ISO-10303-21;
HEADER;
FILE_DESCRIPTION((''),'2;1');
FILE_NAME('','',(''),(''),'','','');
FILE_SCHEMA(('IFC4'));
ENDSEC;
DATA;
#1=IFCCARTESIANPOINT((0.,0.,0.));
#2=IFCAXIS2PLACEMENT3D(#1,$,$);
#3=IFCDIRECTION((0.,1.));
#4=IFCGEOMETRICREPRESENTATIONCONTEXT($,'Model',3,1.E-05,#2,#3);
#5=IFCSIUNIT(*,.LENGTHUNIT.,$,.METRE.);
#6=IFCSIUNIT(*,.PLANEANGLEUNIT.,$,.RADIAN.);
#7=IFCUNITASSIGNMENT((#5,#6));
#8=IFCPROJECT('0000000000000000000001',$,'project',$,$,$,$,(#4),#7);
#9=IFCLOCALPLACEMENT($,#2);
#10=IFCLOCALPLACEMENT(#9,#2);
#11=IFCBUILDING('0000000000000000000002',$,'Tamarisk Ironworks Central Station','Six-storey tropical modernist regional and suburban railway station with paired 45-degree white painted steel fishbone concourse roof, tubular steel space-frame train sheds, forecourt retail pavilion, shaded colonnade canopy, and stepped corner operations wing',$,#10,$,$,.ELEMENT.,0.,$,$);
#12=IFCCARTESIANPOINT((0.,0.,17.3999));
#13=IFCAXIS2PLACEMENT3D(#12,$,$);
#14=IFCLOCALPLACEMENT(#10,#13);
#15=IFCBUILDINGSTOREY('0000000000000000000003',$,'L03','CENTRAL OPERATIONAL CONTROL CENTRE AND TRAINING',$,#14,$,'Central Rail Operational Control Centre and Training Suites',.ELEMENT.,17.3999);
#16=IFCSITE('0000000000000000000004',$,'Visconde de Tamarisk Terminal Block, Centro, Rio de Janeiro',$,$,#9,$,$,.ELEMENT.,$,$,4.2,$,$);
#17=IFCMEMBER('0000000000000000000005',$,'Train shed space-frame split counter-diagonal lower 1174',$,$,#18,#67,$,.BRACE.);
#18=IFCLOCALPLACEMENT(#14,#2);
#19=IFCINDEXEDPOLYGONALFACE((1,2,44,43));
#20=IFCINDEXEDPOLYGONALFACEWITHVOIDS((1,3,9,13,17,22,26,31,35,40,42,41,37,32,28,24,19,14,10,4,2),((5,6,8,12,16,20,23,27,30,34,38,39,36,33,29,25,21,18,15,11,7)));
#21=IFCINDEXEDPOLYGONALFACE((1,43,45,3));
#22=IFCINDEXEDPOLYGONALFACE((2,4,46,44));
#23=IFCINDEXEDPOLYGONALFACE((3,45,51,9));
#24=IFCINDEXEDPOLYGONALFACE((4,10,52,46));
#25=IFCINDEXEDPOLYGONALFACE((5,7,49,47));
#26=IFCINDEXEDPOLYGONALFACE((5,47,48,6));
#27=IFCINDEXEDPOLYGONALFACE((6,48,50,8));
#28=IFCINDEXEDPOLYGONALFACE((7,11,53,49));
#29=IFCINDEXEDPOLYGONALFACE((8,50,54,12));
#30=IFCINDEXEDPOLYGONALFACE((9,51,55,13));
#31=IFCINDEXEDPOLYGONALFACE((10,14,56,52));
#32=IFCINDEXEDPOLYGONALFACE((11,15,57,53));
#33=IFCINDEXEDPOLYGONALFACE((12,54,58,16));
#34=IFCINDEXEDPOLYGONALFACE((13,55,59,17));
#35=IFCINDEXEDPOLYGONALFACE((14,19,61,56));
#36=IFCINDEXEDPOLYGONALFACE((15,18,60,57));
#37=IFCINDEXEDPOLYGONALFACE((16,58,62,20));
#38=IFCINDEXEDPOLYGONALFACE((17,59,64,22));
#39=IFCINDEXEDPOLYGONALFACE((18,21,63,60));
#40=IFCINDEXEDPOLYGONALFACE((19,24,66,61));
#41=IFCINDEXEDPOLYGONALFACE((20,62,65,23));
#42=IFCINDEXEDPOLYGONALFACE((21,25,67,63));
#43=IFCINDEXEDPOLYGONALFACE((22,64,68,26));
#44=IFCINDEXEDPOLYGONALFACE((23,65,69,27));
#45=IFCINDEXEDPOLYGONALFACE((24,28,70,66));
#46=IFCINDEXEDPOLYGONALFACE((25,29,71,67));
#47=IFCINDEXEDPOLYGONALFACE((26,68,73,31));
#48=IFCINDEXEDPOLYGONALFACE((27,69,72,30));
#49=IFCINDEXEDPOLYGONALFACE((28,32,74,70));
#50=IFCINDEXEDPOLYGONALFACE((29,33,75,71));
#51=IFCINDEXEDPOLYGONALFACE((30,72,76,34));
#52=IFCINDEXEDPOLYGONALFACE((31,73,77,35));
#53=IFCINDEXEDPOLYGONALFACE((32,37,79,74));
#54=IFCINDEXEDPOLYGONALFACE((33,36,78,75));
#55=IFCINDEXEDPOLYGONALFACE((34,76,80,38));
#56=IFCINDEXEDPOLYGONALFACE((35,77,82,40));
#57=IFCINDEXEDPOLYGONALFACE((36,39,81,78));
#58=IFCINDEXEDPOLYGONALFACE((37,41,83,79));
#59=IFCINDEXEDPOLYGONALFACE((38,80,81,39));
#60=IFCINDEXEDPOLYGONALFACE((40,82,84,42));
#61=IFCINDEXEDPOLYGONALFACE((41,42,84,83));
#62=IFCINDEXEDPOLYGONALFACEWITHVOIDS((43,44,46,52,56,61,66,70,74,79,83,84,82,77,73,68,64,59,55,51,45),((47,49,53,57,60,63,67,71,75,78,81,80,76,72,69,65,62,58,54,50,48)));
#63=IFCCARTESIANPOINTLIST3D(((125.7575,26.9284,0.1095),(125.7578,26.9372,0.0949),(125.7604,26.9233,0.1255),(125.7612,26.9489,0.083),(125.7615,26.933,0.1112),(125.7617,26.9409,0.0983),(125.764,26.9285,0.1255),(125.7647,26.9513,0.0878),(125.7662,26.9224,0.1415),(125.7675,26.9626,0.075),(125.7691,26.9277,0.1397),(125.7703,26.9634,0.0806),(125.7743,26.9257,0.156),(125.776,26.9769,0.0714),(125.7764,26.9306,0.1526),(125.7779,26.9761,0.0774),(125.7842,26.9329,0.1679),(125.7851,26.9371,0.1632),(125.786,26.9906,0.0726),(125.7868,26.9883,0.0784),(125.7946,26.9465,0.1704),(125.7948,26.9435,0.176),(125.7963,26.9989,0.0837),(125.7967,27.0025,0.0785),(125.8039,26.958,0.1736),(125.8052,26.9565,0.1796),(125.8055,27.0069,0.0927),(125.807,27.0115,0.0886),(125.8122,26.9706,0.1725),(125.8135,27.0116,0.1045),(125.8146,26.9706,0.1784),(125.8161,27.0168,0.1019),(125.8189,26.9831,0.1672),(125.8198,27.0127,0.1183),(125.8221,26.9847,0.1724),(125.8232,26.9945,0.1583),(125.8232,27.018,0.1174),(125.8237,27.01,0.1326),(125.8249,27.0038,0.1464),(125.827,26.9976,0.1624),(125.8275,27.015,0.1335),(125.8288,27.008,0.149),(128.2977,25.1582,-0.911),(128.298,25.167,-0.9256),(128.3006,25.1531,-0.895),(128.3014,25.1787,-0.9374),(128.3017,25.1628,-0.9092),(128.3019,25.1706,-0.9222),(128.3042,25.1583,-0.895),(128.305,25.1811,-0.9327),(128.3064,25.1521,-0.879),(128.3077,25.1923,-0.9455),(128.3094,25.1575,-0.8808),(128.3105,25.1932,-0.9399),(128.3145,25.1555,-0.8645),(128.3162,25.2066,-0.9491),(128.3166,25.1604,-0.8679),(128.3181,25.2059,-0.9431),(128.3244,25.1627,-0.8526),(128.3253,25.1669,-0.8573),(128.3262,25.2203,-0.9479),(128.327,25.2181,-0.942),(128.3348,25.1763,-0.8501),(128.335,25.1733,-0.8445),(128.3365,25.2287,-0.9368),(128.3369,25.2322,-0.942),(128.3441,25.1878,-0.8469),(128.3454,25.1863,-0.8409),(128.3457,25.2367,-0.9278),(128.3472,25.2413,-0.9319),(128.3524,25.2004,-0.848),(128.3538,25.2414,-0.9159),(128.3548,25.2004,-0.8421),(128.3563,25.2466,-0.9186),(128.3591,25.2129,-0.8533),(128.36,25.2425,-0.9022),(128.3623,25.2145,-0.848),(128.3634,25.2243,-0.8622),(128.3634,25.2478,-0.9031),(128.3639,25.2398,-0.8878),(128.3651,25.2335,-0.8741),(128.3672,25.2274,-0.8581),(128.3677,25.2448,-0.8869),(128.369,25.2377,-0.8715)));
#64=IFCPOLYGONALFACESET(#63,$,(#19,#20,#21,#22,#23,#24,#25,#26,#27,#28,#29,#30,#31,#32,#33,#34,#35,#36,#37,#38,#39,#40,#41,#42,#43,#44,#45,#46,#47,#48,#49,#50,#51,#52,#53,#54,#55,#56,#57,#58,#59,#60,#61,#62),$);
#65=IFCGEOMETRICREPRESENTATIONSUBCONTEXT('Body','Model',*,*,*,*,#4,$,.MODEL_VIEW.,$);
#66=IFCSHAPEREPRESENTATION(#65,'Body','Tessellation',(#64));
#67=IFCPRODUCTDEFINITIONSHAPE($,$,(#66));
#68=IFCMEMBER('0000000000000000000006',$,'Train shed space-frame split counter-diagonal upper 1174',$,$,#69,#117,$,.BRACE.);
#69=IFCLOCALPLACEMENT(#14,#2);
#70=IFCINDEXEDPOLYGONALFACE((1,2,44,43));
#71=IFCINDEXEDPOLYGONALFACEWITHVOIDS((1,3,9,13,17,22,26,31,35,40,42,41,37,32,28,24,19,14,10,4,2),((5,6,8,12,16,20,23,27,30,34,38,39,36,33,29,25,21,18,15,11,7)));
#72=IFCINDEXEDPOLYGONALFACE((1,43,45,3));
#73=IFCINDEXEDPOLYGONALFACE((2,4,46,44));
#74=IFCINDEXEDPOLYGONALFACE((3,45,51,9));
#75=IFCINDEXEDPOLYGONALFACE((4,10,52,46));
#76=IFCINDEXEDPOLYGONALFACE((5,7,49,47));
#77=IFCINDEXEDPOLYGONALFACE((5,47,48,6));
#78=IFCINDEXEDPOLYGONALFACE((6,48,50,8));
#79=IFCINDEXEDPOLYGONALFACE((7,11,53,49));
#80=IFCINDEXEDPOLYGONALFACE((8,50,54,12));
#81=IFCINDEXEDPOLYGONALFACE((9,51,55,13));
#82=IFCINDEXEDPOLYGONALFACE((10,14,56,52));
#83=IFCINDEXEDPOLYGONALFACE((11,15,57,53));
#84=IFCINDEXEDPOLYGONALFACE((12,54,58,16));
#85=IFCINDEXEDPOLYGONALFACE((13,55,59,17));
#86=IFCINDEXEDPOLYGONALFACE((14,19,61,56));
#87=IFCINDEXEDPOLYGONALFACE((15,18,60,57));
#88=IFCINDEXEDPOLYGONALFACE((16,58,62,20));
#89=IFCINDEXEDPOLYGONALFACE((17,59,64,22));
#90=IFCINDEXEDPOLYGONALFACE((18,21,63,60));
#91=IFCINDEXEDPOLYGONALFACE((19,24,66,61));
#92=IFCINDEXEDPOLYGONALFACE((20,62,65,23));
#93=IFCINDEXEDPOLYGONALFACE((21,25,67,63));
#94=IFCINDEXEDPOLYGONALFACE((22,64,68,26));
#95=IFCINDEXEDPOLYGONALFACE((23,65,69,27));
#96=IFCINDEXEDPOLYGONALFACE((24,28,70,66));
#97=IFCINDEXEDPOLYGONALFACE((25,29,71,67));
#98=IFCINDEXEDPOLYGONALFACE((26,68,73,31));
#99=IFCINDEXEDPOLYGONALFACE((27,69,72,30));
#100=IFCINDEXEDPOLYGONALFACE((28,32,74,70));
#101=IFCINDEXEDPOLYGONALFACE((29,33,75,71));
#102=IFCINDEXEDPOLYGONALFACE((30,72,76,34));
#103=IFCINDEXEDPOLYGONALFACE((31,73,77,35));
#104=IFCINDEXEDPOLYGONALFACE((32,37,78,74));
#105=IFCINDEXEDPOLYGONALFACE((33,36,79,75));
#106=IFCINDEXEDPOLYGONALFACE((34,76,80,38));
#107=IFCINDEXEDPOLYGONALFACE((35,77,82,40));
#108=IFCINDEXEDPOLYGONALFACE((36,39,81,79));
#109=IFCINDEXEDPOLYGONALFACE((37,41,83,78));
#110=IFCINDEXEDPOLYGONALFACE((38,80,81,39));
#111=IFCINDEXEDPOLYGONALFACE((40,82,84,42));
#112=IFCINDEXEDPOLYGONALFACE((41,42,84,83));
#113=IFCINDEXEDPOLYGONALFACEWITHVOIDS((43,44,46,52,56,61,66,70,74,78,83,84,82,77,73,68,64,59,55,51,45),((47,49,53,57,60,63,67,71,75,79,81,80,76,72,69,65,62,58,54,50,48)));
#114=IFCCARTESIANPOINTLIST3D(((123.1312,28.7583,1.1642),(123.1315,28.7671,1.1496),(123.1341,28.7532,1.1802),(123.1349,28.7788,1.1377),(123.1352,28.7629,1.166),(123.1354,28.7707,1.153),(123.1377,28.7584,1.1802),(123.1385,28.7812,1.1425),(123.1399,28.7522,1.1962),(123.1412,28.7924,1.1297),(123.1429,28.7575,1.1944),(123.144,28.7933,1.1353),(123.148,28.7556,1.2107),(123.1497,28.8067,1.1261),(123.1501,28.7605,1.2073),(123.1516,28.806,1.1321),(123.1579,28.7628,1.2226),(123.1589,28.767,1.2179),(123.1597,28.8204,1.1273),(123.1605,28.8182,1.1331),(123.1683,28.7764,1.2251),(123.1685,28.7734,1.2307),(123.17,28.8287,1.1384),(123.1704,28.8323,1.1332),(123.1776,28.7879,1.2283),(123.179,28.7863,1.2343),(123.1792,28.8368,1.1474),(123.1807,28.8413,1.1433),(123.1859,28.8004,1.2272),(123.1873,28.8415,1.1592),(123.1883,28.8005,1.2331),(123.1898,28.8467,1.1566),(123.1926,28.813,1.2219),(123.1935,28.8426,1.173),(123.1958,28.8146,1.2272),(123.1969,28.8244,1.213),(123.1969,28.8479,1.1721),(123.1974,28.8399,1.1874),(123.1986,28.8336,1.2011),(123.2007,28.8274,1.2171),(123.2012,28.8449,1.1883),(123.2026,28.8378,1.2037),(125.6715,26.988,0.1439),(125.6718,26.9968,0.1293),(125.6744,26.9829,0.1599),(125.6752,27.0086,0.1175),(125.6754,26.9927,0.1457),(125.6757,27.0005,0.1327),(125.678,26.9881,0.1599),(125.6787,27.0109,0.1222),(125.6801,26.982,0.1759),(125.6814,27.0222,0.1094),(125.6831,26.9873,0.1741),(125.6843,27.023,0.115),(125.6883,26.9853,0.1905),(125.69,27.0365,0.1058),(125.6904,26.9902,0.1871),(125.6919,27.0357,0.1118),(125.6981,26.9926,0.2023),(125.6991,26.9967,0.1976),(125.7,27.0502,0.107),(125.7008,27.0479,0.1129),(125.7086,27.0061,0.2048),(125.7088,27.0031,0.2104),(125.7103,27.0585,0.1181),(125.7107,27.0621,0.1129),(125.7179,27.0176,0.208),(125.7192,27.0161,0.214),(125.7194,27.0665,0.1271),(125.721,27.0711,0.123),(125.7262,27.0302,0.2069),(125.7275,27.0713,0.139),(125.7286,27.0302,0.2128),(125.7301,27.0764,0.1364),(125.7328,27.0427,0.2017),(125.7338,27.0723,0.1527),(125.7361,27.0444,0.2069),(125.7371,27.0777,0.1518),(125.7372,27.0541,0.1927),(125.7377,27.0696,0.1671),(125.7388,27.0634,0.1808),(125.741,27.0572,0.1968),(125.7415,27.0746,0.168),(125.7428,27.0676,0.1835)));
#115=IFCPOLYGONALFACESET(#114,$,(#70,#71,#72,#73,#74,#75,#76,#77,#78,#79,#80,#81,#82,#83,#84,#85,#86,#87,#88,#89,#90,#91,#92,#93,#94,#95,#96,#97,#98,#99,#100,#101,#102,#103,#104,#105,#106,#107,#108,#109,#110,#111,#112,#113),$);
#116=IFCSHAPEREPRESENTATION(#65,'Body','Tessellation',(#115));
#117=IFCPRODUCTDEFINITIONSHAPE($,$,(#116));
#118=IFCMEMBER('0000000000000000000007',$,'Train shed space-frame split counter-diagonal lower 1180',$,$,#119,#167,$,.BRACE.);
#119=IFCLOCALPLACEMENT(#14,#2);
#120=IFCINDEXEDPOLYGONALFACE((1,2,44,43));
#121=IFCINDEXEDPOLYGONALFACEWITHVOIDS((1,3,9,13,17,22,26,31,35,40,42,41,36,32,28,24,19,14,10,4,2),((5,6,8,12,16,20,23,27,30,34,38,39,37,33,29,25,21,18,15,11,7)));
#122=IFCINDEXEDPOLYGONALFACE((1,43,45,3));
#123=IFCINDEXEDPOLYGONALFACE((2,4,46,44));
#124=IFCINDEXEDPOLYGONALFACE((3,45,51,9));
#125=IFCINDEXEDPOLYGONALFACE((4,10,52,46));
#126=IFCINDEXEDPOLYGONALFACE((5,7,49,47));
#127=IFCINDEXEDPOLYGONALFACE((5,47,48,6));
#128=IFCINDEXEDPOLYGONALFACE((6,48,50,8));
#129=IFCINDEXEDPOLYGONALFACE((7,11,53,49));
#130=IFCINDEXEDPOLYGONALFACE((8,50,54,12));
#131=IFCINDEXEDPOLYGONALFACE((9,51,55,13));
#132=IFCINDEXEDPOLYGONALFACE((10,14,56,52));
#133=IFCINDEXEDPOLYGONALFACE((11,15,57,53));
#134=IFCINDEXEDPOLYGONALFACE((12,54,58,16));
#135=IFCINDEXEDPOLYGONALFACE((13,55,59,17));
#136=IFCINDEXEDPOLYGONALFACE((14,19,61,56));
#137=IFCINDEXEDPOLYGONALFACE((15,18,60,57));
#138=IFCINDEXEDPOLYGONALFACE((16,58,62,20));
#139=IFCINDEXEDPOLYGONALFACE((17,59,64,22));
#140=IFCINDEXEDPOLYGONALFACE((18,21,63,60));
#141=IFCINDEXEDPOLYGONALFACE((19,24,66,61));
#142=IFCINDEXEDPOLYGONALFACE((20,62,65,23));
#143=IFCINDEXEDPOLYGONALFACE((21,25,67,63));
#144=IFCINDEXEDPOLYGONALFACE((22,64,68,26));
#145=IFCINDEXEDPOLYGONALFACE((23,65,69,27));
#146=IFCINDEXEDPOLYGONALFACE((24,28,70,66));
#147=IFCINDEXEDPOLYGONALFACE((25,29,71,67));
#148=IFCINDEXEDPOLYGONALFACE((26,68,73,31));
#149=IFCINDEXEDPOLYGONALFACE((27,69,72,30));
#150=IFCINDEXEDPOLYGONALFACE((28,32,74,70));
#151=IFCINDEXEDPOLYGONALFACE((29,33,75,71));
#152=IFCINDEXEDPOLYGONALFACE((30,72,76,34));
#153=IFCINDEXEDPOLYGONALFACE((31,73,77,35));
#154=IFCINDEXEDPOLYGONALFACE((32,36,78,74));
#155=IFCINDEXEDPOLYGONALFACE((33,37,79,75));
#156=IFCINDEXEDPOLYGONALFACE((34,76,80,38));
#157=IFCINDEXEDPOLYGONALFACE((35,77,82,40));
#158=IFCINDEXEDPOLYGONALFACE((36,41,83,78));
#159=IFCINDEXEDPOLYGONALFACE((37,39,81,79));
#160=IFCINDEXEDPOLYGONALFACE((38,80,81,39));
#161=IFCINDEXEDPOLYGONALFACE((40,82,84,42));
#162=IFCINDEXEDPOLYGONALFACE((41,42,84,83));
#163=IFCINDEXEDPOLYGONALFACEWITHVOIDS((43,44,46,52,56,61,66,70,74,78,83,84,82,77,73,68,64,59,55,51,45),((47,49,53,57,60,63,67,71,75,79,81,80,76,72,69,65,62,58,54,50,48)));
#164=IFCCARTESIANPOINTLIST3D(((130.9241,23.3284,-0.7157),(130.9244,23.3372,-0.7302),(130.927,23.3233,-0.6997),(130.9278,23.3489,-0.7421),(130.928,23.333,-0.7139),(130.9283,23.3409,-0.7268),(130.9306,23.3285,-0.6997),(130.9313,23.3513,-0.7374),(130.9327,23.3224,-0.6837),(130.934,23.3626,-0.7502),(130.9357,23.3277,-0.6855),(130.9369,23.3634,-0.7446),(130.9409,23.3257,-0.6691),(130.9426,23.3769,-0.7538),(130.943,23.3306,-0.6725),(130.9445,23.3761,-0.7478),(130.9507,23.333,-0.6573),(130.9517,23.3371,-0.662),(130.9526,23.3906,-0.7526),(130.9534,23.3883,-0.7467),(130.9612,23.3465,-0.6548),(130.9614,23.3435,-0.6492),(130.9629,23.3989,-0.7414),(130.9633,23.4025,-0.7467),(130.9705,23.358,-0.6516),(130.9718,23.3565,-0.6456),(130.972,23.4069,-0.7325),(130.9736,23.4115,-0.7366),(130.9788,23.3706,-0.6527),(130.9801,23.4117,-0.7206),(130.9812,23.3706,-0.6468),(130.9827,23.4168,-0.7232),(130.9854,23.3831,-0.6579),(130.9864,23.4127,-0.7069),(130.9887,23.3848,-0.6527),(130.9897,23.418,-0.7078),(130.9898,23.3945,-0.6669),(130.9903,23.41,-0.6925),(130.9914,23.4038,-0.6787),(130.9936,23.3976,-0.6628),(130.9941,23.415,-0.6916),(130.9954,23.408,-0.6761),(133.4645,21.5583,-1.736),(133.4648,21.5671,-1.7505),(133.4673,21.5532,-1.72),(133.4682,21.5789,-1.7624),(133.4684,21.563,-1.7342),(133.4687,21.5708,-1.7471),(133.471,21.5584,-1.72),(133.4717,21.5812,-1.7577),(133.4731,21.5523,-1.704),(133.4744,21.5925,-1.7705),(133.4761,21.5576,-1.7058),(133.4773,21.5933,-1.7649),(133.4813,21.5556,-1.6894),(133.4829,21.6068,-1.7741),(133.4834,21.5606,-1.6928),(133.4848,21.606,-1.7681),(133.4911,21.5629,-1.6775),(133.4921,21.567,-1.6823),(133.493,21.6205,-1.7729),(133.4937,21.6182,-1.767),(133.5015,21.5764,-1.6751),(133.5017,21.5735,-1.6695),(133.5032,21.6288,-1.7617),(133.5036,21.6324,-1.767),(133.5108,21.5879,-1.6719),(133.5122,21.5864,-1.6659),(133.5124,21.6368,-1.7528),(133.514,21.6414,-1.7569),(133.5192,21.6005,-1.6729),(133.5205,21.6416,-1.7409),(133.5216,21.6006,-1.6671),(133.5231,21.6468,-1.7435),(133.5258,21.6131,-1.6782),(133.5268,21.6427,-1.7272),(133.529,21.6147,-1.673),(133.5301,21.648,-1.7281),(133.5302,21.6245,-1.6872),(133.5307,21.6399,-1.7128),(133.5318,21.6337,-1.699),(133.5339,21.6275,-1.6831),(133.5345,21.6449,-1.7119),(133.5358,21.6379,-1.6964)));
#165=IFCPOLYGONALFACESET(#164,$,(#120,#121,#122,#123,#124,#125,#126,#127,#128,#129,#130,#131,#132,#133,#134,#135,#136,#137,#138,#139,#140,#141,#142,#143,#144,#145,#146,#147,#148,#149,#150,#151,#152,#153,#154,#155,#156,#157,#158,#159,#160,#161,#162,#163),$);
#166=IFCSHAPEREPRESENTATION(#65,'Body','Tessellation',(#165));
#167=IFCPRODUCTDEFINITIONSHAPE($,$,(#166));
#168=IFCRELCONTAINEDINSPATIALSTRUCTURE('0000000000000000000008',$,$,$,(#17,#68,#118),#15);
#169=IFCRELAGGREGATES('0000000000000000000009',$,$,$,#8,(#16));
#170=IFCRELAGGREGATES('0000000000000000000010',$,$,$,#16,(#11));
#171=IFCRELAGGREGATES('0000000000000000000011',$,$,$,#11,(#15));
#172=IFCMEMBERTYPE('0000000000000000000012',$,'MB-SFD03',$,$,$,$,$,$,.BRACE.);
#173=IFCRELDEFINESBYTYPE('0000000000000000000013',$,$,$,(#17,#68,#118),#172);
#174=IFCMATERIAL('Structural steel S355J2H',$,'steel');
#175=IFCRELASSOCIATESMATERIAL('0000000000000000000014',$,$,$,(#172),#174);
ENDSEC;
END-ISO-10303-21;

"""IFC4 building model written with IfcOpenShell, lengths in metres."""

from ifc_helpers import new_model, si_unit, direction, frame, origin, origin_2d, place, context, subcontext, project, spatial, hollow_circle, extrude, material, material_profile, profile_set, type_object, element, save


model = new_model("IFC4")

# Units and contexts
model_context = context("Model", 3, precision=1e-05, world=origin(), true_north=direction((0.0, 1.0)))
body_context = subcontext(model_context, "Body", "Model", "MODEL_VIEW")
ifc_project = project(units=[si_unit("LENGTHUNIT", "METRE"), si_unit("PLANEANGLEUNIT", "RADIAN")], contexts=[model_context])

# Site, building, storey
site_placement = place(None, origin())
site = spatial("IfcSite", under=ifc_project, at=site_placement, Name="Visconde de Tamarisk Terminal Block, Centro, Rio de Janeiro", CompositionType="ELEMENT", RefElevation=4.2)
building_placement = place(site_placement, origin())
building = spatial("IfcBuilding", under=site, at=building_placement, Name="Tamarisk Ironworks Central Station", Description="Six-storey tropical modernist regional and suburban railway station with paired 45-degree white painted steel fishbone concourse roof, tubular steel space-frame train sheds, forecourt retail pavilion, shaded colonnade canopy, and stepped corner operations wing", CompositionType="ELEMENT", ElevationOfRefHeight=0.0)
storey_placement = place(building_placement, frame((0.0, 0.0, 17.3999)))
storey = spatial("IfcBuildingStorey", under=building, at=storey_placement, Name="L03", Description="CENTRAL OPERATIONAL CONTROL CENTRE AND TRAINING", LongName="Central Rail Operational Control Centre and Training Suites", CompositionType="ELEMENT", Elevation=17.3999)

# Members
ifc_material_1 = material(Name="Structural steel S355J2H", Category="steel")
ifc_material_profile_1 = material_profile(ifc_material_1, hollow_circle(Radius=0.0571, WallThickness=0.0063, at=origin_2d()), Name="CHS 114.3x6.3")
ifc_profile_set_1 = profile_set([ifc_material_profile_1], Name="Structural steel S355J2H")
member_type_1 = type_object("IfcMemberType", Name="MB-SFD03", PredefinedType="BRACE", material=ifc_profile_set_1)
for number, where, z_axis, x_axis, name in (
    (1, (128.3333, 25.2, -0.895), (-0.779202, 0.543008, 0.313029), (-0.571741, -0.820434, 0.0), "Train shed space-frame split counter-diagonal lower 1174"),
    (2, (125.707, 27.0298, 0.1599), (-0.77922, 0.54302, 0.312961), (-0.571741, -0.820434, 0.0), "Train shed space-frame split counter-diagonal upper 1174"),
    (3, (133.5, 21.6001, -1.72), (-0.779252, 0.542967, 0.312974), (-0.571688, -0.820471, 0.0), "Train shed space-frame split counter-diagonal lower 1180"),
):
    element("IfcMember", number, at=place(storey_placement, frame(where, z_axis=z_axis, x_axis=x_axis)), inside=storey, type_object=member_type_1, Name=name, PredefinedType="BRACE", context=body_context, shape_type="SweptSolid", body=[
        extrude(hollow_circle(Radius=0.0571, WallThickness=0.0063, at=origin_2d()), origin(), (0.0, 0.0, 1.0), 3.26),
    ])

save(model, "model.ifc")
